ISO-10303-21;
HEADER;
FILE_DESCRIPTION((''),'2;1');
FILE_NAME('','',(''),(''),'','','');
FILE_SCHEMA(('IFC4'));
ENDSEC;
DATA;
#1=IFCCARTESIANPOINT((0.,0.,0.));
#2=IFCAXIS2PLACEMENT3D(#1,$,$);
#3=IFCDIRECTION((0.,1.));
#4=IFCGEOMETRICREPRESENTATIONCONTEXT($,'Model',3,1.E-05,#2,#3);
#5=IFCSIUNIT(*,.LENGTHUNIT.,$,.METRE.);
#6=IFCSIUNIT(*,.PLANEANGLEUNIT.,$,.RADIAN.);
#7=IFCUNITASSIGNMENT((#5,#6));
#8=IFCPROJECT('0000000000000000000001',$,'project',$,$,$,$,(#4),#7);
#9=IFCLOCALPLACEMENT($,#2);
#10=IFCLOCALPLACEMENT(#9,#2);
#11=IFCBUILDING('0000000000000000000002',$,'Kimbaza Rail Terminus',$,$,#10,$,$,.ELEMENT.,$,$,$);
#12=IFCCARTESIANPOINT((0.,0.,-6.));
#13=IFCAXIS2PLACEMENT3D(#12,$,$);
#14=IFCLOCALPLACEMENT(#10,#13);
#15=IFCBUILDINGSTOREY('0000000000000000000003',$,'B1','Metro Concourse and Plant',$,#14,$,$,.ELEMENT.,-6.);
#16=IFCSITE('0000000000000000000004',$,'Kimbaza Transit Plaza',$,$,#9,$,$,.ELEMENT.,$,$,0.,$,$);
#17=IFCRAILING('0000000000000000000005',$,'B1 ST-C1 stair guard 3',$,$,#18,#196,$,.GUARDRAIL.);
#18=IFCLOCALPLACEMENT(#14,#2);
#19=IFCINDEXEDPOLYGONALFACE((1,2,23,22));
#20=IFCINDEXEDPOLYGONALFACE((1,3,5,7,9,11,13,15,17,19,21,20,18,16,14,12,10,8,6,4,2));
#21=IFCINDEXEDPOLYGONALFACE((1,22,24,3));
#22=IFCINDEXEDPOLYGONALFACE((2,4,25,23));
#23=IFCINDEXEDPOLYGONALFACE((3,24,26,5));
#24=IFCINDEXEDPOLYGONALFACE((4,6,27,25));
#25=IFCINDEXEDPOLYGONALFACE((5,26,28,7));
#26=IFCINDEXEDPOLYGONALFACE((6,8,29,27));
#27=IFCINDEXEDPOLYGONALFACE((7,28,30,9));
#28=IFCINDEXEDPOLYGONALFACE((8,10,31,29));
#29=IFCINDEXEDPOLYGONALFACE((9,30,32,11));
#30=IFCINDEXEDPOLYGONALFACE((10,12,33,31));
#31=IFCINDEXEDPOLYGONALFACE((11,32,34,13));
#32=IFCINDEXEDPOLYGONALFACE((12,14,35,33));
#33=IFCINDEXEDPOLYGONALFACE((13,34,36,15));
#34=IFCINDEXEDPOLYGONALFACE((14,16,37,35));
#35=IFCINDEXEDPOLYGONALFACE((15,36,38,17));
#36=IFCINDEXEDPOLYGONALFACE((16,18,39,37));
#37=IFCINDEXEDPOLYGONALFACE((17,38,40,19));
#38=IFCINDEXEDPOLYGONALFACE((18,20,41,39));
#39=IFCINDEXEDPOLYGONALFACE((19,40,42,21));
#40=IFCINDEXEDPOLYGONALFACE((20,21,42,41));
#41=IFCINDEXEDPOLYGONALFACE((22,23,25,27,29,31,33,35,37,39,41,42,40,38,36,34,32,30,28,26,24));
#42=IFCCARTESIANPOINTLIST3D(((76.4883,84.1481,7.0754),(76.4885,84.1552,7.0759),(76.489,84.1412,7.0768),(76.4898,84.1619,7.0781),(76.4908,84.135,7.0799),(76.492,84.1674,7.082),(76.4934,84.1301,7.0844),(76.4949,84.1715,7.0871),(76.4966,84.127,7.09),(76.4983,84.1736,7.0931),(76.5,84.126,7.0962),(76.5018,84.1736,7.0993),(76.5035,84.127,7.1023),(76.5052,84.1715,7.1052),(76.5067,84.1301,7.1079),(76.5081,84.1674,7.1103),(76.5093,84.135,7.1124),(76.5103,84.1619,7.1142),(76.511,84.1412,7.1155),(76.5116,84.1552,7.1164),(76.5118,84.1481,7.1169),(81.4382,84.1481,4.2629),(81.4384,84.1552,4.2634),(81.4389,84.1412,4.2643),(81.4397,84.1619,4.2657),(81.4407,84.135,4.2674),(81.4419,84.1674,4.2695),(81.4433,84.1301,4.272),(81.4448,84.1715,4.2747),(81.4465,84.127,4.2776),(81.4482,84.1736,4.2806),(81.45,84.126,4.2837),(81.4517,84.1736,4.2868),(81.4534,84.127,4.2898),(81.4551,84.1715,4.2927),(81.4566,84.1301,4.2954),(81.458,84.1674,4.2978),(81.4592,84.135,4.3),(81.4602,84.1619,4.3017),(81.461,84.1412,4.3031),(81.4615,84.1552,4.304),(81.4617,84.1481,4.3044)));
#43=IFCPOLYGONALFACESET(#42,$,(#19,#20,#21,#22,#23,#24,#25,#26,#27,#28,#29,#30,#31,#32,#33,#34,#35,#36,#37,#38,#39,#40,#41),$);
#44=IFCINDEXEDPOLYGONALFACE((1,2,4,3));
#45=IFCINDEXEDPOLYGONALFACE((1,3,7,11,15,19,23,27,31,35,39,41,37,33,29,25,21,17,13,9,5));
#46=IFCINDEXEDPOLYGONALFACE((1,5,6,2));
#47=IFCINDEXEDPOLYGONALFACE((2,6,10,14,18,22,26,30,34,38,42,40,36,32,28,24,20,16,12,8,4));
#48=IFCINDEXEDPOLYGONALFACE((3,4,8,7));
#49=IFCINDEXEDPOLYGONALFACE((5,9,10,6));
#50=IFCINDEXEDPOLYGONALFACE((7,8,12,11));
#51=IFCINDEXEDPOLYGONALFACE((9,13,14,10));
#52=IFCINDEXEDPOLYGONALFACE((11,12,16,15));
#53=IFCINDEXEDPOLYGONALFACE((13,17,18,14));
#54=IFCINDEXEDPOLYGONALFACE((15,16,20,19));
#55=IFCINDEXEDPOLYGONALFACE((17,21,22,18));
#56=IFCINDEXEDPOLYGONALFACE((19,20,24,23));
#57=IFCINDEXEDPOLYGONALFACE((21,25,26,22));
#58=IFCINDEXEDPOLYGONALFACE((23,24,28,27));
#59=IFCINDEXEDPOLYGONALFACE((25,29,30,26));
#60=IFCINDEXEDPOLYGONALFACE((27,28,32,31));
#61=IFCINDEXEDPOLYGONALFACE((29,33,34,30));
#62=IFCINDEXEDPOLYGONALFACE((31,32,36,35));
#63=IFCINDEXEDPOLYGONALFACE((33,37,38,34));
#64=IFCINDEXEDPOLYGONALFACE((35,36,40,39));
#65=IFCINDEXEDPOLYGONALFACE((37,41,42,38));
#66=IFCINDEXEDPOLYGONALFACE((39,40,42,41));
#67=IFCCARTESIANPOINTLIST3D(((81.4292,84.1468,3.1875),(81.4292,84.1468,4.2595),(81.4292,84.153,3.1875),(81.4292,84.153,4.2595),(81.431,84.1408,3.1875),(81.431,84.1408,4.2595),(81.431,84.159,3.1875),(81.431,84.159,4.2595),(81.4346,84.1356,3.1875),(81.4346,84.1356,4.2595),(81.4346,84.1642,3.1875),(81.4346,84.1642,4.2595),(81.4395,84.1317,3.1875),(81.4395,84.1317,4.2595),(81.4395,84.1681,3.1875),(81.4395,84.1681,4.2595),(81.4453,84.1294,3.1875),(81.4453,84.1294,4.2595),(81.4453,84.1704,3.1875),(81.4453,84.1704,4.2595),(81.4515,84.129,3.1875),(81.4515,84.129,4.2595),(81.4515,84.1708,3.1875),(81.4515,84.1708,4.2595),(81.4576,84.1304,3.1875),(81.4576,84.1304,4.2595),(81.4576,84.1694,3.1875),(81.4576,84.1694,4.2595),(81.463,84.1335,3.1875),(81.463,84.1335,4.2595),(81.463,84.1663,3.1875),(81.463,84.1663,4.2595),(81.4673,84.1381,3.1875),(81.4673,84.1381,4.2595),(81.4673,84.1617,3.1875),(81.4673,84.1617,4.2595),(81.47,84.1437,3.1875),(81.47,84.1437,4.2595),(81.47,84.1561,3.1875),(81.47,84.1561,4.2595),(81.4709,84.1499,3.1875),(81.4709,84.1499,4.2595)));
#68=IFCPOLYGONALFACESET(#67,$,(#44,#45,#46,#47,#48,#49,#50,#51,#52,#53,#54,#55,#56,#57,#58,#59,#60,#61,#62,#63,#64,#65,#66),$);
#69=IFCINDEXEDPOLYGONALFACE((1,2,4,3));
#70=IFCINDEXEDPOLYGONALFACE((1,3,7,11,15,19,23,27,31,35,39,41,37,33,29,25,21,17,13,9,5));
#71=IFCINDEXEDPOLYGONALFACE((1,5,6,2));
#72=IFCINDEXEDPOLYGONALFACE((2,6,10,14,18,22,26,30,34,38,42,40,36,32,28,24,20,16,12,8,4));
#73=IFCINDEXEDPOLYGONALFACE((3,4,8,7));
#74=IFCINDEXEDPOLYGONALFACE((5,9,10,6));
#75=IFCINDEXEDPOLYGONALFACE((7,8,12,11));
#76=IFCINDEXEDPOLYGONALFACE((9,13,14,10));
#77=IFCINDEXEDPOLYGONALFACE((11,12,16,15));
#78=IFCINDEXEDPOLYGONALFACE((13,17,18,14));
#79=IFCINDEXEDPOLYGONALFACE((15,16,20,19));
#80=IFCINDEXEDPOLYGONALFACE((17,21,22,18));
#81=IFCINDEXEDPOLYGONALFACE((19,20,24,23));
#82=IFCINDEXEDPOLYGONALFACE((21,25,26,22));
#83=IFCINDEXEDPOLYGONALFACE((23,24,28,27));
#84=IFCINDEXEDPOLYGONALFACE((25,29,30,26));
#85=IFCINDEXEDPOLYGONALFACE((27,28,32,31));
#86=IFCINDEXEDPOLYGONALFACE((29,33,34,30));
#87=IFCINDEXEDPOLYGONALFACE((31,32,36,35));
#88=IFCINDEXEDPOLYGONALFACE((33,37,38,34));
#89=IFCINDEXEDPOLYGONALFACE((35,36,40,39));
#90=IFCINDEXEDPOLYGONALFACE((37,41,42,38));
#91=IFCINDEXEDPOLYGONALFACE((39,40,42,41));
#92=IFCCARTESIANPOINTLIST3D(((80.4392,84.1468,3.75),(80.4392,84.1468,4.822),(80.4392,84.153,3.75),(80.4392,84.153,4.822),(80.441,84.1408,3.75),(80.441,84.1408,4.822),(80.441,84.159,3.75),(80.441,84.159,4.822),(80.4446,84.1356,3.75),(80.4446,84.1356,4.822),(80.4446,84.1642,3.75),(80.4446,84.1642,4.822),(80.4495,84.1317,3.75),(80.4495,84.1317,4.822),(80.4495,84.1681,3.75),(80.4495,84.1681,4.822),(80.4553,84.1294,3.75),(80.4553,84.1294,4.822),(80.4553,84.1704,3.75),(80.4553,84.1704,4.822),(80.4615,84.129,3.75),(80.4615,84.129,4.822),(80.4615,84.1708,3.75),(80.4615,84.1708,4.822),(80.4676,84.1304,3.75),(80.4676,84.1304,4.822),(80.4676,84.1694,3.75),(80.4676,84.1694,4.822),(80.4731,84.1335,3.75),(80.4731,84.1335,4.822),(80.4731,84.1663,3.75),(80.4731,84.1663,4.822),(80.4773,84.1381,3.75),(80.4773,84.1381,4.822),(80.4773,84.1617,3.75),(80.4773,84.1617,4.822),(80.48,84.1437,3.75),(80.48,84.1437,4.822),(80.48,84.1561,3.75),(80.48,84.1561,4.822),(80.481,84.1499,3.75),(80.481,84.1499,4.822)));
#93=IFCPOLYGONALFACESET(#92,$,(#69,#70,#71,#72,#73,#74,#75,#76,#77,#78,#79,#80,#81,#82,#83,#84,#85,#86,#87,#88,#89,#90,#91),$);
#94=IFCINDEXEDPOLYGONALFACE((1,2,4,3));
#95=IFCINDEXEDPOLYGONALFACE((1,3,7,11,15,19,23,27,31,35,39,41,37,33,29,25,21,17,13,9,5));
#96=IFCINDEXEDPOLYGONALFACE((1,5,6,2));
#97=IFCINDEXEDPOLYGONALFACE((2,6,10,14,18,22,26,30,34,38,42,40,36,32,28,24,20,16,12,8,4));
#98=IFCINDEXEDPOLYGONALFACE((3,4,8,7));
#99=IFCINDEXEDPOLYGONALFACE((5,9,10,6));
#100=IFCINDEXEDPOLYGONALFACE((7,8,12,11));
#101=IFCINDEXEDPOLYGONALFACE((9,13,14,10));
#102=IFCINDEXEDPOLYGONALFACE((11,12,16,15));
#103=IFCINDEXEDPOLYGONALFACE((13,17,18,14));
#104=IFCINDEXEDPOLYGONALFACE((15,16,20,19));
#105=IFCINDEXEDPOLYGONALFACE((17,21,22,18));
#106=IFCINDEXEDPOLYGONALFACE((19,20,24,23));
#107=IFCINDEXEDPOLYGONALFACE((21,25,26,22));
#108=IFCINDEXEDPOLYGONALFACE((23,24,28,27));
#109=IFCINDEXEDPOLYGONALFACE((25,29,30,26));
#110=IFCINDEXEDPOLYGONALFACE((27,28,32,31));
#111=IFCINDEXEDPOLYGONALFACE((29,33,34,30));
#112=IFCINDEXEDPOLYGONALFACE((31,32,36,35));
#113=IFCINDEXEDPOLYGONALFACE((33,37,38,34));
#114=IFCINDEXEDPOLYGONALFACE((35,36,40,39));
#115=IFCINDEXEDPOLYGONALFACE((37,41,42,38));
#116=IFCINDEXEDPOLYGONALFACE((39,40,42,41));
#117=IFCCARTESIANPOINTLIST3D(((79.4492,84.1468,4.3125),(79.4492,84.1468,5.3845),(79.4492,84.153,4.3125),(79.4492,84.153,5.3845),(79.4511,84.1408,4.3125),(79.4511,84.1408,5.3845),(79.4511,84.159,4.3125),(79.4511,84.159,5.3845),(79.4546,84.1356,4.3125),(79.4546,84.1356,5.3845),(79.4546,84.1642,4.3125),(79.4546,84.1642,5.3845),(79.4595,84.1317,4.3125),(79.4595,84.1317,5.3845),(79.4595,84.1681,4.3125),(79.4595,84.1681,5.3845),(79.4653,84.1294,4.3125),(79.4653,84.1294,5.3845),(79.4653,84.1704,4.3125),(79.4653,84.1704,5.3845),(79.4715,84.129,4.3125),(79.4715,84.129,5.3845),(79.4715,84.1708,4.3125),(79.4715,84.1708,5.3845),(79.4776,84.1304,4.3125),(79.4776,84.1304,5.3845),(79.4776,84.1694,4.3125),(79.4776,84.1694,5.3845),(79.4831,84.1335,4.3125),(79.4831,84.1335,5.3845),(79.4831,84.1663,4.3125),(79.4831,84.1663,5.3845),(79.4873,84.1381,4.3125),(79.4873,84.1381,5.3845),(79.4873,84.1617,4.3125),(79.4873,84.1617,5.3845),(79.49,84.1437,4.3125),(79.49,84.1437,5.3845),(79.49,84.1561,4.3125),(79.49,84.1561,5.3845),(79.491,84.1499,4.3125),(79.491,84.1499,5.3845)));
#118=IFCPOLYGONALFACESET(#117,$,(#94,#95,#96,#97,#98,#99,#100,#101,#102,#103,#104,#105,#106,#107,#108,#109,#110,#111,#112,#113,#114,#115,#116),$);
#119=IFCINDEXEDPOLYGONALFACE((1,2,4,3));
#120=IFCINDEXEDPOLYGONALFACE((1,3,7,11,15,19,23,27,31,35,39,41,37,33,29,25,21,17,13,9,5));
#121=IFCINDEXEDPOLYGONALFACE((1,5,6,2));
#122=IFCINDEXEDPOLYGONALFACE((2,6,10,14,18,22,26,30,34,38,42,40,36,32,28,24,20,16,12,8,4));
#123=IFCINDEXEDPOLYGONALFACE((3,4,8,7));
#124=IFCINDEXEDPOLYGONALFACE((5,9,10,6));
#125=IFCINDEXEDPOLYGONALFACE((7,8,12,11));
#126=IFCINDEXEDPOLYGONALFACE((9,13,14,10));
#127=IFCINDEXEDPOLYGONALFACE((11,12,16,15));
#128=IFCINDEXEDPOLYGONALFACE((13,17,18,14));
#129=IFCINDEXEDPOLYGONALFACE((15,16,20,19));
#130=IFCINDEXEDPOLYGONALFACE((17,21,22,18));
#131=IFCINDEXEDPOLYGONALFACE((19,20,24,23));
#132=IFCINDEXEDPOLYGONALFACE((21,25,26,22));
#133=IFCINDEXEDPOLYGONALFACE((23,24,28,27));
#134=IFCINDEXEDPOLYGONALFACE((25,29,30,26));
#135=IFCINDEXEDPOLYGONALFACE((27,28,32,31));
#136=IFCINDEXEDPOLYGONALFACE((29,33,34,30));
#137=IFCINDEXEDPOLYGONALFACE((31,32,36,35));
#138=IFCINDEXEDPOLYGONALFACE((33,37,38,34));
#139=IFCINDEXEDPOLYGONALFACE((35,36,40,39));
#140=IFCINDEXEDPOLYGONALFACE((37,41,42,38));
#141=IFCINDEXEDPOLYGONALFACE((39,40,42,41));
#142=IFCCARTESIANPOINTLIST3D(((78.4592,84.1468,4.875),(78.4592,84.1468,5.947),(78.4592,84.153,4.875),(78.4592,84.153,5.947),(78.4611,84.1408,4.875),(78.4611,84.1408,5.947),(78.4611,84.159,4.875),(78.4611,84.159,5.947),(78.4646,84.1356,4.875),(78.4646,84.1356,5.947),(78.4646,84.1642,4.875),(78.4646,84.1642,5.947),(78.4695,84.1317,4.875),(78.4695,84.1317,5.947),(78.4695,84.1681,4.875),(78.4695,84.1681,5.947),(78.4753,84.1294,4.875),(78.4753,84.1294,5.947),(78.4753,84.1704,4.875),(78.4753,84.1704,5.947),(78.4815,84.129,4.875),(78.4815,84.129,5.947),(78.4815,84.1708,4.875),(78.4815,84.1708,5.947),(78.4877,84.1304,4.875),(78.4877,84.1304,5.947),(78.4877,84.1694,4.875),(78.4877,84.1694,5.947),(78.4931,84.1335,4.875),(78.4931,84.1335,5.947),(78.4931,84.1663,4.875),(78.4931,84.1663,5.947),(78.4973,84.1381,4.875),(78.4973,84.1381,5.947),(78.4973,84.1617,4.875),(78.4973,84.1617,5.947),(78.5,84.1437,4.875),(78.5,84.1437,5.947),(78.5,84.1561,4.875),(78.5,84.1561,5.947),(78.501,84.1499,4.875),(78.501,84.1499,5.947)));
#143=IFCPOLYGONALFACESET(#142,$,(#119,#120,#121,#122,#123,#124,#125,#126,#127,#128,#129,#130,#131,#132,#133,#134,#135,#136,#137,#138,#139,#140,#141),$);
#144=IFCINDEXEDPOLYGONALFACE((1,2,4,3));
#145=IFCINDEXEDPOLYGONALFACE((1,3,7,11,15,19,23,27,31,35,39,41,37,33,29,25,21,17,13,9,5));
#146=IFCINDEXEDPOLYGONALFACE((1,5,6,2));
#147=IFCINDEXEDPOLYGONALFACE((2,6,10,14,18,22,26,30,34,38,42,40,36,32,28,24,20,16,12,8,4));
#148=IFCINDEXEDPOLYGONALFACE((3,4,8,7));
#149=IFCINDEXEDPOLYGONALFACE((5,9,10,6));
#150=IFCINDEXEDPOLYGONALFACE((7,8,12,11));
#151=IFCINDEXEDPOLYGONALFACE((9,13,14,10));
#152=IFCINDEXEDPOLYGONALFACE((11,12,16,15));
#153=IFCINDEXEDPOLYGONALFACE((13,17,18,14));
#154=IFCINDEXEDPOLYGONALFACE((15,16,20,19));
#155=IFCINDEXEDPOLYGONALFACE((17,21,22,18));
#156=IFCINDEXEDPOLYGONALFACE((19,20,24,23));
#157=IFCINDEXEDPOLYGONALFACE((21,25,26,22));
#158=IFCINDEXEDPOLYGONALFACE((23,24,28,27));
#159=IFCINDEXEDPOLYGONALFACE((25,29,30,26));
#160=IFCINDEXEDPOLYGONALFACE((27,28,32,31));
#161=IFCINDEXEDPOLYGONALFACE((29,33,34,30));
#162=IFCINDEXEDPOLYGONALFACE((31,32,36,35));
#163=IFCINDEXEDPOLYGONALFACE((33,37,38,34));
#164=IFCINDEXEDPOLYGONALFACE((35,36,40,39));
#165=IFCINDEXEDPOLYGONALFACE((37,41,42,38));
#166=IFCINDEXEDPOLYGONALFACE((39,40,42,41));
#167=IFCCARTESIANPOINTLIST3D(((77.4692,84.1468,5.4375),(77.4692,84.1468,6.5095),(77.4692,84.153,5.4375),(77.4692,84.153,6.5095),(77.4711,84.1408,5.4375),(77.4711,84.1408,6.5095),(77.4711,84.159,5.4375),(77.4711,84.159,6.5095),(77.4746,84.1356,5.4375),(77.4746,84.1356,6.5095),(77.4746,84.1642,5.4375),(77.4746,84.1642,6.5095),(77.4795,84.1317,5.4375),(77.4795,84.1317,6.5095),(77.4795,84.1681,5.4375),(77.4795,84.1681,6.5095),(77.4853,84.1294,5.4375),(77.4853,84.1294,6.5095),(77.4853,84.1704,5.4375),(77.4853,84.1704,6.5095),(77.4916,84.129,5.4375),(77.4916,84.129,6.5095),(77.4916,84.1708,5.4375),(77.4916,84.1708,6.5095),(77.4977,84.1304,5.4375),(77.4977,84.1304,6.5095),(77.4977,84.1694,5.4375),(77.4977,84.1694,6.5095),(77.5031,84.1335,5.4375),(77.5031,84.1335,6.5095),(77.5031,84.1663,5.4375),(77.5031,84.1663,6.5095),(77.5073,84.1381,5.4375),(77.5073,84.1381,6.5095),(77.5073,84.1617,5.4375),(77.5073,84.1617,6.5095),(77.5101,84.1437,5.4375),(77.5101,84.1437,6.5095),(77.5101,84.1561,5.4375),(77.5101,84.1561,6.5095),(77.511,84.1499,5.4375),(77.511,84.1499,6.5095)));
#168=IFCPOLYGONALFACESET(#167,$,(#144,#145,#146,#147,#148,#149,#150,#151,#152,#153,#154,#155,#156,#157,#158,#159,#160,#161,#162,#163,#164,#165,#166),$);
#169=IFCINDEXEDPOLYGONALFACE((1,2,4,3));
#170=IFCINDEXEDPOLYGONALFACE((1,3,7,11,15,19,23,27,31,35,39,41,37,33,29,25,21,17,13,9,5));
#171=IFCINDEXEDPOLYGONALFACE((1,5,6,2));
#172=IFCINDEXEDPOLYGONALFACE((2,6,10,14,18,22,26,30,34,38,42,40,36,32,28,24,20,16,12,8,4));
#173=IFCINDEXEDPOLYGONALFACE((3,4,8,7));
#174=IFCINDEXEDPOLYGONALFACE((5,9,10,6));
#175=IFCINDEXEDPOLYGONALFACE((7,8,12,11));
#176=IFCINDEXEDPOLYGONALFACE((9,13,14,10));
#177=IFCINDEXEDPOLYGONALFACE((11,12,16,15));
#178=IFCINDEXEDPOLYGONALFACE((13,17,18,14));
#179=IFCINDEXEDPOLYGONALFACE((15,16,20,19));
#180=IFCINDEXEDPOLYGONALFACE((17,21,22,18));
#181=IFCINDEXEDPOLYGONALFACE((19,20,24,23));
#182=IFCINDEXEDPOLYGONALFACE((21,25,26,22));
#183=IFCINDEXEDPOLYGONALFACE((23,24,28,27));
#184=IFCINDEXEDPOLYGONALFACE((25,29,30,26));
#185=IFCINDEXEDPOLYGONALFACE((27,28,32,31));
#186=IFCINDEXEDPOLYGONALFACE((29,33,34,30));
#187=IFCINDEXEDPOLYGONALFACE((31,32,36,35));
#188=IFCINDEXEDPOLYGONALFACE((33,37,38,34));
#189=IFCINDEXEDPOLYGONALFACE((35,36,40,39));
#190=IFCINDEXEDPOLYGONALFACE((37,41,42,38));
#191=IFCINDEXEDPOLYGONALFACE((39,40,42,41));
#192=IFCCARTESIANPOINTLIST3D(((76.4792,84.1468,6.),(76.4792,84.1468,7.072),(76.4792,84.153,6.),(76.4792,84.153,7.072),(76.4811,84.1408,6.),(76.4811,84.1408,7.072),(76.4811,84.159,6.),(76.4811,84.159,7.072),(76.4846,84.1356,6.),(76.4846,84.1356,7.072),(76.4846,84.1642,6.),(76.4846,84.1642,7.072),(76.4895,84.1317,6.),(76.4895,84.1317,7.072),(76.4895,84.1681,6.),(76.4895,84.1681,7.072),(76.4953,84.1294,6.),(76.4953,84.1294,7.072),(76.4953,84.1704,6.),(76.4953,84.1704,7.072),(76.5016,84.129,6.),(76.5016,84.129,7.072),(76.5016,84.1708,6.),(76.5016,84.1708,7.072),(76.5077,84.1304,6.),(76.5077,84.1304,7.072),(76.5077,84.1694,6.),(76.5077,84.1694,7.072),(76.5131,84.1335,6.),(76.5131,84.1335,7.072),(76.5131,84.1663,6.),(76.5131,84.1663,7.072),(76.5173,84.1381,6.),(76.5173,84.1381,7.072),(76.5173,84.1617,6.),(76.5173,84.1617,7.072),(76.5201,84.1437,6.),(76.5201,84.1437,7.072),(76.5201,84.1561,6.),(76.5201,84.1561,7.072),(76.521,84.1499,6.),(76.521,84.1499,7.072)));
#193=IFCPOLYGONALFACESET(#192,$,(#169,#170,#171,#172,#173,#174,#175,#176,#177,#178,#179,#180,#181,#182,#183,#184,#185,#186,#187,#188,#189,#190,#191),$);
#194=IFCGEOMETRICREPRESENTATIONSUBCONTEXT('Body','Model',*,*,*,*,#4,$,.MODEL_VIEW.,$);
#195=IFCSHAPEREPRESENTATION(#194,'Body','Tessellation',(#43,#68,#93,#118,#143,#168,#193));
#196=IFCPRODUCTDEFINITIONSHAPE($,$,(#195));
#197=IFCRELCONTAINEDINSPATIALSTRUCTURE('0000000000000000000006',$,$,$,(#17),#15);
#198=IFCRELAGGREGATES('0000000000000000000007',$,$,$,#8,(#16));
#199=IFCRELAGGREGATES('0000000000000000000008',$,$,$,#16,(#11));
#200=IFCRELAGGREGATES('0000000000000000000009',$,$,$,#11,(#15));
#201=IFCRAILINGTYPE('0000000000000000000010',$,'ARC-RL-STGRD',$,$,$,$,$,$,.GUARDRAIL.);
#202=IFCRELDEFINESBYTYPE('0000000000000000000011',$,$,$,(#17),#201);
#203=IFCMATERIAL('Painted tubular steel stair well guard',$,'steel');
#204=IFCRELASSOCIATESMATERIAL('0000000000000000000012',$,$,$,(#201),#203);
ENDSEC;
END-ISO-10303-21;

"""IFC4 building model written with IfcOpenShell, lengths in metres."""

from ifc_helpers import new_model, si_unit, direction, frame, origin, origin_2d, place, context, subcontext, project, spatial, circle, extrude, material, type_object, element, save


model = new_model("IFC4")

# Units and contexts
model_context = context("Model", 3, precision=1e-05, world=origin(), true_north=direction((0.0, 1.0)))
body_context = subcontext(model_context, "Body", "Model", "MODEL_VIEW")
ifc_project = project(units=[si_unit("LENGTHUNIT", "METRE"), si_unit("PLANEANGLEUNIT", "RADIAN")], contexts=[model_context])

# Site, building, storey
site_placement = place(None, origin())
site = spatial("IfcSite", under=ifc_project, at=site_placement, Name="Kimbaza Transit Plaza", CompositionType="ELEMENT", RefElevation=0.0)
building_placement = place(site_placement, origin())
building = spatial("IfcBuilding", under=site, at=building_placement, Name="Kimbaza Rail Terminus", CompositionType="ELEMENT")
storey_placement = place(building_placement, frame((0.0, 0.0, -6.0)))
storey = spatial("IfcBuildingStorey", under=building, at=storey_placement, Name="B1", Description="Metro Concourse and Plant", CompositionType="ELEMENT", Elevation=-6.0)

# Railing
ifc_material_1 = material(Name="Painted tubular steel stair well guard", Category="steel")
railing_type = type_object("IfcRailingType", Name="ARC-RL-STGRD", PredefinedType="GUARDRAIL", material=ifc_material_1)
railing_1_placement = place(storey_placement, frame((81.45, 84.1499, 3.1875)))
element("IfcRailing", 1, at=railing_1_placement, inside=storey, type_object=railing_type, Name="B1 ST-C1 stair guard 3", PredefinedType="GUARDRAIL", context=body_context, shape_type="SweptSolid", body=[
    extrude(circle(Radius=0.0239, at=origin_2d()), frame((0.0, 0.0, 1.0962), z_axis=(-0.869454, 0.0, 0.494013), x_axis=(0.0, -1.0, 0.0)), (0.0, 0.0, 1.0), 5.6931),
    extrude(circle(Radius=0.021, at=origin_2d()), origin(), (0.0, 0.0, 1.0), 1.072),
    extrude(circle(Radius=0.021, at=origin_2d()), frame((-0.99, 0.0, 0.5625)), (0.0, 0.0, 1.0), 1.072),
    extrude(circle(Radius=0.021, at=origin_2d()), frame((-1.98, 0.0, 1.125)), (0.0, 0.0, 1.0), 1.072),
    extrude(circle(Radius=0.021, at=origin_2d()), frame((-2.97, 0.0, 1.6875)), (0.0, 0.0, 1.0), 1.072),
    extrude(circle(Radius=0.021, at=origin_2d()), frame((-3.96, 0.0, 2.25)), (0.0, 0.0, 1.0), 1.072),
    extrude(circle(Radius=0.021, at=origin_2d()), frame((-4.95, 0.0, 2.8125)), (0.0, 0.0, 1.0), 1.072),
])

save(model, "model.ifc")
